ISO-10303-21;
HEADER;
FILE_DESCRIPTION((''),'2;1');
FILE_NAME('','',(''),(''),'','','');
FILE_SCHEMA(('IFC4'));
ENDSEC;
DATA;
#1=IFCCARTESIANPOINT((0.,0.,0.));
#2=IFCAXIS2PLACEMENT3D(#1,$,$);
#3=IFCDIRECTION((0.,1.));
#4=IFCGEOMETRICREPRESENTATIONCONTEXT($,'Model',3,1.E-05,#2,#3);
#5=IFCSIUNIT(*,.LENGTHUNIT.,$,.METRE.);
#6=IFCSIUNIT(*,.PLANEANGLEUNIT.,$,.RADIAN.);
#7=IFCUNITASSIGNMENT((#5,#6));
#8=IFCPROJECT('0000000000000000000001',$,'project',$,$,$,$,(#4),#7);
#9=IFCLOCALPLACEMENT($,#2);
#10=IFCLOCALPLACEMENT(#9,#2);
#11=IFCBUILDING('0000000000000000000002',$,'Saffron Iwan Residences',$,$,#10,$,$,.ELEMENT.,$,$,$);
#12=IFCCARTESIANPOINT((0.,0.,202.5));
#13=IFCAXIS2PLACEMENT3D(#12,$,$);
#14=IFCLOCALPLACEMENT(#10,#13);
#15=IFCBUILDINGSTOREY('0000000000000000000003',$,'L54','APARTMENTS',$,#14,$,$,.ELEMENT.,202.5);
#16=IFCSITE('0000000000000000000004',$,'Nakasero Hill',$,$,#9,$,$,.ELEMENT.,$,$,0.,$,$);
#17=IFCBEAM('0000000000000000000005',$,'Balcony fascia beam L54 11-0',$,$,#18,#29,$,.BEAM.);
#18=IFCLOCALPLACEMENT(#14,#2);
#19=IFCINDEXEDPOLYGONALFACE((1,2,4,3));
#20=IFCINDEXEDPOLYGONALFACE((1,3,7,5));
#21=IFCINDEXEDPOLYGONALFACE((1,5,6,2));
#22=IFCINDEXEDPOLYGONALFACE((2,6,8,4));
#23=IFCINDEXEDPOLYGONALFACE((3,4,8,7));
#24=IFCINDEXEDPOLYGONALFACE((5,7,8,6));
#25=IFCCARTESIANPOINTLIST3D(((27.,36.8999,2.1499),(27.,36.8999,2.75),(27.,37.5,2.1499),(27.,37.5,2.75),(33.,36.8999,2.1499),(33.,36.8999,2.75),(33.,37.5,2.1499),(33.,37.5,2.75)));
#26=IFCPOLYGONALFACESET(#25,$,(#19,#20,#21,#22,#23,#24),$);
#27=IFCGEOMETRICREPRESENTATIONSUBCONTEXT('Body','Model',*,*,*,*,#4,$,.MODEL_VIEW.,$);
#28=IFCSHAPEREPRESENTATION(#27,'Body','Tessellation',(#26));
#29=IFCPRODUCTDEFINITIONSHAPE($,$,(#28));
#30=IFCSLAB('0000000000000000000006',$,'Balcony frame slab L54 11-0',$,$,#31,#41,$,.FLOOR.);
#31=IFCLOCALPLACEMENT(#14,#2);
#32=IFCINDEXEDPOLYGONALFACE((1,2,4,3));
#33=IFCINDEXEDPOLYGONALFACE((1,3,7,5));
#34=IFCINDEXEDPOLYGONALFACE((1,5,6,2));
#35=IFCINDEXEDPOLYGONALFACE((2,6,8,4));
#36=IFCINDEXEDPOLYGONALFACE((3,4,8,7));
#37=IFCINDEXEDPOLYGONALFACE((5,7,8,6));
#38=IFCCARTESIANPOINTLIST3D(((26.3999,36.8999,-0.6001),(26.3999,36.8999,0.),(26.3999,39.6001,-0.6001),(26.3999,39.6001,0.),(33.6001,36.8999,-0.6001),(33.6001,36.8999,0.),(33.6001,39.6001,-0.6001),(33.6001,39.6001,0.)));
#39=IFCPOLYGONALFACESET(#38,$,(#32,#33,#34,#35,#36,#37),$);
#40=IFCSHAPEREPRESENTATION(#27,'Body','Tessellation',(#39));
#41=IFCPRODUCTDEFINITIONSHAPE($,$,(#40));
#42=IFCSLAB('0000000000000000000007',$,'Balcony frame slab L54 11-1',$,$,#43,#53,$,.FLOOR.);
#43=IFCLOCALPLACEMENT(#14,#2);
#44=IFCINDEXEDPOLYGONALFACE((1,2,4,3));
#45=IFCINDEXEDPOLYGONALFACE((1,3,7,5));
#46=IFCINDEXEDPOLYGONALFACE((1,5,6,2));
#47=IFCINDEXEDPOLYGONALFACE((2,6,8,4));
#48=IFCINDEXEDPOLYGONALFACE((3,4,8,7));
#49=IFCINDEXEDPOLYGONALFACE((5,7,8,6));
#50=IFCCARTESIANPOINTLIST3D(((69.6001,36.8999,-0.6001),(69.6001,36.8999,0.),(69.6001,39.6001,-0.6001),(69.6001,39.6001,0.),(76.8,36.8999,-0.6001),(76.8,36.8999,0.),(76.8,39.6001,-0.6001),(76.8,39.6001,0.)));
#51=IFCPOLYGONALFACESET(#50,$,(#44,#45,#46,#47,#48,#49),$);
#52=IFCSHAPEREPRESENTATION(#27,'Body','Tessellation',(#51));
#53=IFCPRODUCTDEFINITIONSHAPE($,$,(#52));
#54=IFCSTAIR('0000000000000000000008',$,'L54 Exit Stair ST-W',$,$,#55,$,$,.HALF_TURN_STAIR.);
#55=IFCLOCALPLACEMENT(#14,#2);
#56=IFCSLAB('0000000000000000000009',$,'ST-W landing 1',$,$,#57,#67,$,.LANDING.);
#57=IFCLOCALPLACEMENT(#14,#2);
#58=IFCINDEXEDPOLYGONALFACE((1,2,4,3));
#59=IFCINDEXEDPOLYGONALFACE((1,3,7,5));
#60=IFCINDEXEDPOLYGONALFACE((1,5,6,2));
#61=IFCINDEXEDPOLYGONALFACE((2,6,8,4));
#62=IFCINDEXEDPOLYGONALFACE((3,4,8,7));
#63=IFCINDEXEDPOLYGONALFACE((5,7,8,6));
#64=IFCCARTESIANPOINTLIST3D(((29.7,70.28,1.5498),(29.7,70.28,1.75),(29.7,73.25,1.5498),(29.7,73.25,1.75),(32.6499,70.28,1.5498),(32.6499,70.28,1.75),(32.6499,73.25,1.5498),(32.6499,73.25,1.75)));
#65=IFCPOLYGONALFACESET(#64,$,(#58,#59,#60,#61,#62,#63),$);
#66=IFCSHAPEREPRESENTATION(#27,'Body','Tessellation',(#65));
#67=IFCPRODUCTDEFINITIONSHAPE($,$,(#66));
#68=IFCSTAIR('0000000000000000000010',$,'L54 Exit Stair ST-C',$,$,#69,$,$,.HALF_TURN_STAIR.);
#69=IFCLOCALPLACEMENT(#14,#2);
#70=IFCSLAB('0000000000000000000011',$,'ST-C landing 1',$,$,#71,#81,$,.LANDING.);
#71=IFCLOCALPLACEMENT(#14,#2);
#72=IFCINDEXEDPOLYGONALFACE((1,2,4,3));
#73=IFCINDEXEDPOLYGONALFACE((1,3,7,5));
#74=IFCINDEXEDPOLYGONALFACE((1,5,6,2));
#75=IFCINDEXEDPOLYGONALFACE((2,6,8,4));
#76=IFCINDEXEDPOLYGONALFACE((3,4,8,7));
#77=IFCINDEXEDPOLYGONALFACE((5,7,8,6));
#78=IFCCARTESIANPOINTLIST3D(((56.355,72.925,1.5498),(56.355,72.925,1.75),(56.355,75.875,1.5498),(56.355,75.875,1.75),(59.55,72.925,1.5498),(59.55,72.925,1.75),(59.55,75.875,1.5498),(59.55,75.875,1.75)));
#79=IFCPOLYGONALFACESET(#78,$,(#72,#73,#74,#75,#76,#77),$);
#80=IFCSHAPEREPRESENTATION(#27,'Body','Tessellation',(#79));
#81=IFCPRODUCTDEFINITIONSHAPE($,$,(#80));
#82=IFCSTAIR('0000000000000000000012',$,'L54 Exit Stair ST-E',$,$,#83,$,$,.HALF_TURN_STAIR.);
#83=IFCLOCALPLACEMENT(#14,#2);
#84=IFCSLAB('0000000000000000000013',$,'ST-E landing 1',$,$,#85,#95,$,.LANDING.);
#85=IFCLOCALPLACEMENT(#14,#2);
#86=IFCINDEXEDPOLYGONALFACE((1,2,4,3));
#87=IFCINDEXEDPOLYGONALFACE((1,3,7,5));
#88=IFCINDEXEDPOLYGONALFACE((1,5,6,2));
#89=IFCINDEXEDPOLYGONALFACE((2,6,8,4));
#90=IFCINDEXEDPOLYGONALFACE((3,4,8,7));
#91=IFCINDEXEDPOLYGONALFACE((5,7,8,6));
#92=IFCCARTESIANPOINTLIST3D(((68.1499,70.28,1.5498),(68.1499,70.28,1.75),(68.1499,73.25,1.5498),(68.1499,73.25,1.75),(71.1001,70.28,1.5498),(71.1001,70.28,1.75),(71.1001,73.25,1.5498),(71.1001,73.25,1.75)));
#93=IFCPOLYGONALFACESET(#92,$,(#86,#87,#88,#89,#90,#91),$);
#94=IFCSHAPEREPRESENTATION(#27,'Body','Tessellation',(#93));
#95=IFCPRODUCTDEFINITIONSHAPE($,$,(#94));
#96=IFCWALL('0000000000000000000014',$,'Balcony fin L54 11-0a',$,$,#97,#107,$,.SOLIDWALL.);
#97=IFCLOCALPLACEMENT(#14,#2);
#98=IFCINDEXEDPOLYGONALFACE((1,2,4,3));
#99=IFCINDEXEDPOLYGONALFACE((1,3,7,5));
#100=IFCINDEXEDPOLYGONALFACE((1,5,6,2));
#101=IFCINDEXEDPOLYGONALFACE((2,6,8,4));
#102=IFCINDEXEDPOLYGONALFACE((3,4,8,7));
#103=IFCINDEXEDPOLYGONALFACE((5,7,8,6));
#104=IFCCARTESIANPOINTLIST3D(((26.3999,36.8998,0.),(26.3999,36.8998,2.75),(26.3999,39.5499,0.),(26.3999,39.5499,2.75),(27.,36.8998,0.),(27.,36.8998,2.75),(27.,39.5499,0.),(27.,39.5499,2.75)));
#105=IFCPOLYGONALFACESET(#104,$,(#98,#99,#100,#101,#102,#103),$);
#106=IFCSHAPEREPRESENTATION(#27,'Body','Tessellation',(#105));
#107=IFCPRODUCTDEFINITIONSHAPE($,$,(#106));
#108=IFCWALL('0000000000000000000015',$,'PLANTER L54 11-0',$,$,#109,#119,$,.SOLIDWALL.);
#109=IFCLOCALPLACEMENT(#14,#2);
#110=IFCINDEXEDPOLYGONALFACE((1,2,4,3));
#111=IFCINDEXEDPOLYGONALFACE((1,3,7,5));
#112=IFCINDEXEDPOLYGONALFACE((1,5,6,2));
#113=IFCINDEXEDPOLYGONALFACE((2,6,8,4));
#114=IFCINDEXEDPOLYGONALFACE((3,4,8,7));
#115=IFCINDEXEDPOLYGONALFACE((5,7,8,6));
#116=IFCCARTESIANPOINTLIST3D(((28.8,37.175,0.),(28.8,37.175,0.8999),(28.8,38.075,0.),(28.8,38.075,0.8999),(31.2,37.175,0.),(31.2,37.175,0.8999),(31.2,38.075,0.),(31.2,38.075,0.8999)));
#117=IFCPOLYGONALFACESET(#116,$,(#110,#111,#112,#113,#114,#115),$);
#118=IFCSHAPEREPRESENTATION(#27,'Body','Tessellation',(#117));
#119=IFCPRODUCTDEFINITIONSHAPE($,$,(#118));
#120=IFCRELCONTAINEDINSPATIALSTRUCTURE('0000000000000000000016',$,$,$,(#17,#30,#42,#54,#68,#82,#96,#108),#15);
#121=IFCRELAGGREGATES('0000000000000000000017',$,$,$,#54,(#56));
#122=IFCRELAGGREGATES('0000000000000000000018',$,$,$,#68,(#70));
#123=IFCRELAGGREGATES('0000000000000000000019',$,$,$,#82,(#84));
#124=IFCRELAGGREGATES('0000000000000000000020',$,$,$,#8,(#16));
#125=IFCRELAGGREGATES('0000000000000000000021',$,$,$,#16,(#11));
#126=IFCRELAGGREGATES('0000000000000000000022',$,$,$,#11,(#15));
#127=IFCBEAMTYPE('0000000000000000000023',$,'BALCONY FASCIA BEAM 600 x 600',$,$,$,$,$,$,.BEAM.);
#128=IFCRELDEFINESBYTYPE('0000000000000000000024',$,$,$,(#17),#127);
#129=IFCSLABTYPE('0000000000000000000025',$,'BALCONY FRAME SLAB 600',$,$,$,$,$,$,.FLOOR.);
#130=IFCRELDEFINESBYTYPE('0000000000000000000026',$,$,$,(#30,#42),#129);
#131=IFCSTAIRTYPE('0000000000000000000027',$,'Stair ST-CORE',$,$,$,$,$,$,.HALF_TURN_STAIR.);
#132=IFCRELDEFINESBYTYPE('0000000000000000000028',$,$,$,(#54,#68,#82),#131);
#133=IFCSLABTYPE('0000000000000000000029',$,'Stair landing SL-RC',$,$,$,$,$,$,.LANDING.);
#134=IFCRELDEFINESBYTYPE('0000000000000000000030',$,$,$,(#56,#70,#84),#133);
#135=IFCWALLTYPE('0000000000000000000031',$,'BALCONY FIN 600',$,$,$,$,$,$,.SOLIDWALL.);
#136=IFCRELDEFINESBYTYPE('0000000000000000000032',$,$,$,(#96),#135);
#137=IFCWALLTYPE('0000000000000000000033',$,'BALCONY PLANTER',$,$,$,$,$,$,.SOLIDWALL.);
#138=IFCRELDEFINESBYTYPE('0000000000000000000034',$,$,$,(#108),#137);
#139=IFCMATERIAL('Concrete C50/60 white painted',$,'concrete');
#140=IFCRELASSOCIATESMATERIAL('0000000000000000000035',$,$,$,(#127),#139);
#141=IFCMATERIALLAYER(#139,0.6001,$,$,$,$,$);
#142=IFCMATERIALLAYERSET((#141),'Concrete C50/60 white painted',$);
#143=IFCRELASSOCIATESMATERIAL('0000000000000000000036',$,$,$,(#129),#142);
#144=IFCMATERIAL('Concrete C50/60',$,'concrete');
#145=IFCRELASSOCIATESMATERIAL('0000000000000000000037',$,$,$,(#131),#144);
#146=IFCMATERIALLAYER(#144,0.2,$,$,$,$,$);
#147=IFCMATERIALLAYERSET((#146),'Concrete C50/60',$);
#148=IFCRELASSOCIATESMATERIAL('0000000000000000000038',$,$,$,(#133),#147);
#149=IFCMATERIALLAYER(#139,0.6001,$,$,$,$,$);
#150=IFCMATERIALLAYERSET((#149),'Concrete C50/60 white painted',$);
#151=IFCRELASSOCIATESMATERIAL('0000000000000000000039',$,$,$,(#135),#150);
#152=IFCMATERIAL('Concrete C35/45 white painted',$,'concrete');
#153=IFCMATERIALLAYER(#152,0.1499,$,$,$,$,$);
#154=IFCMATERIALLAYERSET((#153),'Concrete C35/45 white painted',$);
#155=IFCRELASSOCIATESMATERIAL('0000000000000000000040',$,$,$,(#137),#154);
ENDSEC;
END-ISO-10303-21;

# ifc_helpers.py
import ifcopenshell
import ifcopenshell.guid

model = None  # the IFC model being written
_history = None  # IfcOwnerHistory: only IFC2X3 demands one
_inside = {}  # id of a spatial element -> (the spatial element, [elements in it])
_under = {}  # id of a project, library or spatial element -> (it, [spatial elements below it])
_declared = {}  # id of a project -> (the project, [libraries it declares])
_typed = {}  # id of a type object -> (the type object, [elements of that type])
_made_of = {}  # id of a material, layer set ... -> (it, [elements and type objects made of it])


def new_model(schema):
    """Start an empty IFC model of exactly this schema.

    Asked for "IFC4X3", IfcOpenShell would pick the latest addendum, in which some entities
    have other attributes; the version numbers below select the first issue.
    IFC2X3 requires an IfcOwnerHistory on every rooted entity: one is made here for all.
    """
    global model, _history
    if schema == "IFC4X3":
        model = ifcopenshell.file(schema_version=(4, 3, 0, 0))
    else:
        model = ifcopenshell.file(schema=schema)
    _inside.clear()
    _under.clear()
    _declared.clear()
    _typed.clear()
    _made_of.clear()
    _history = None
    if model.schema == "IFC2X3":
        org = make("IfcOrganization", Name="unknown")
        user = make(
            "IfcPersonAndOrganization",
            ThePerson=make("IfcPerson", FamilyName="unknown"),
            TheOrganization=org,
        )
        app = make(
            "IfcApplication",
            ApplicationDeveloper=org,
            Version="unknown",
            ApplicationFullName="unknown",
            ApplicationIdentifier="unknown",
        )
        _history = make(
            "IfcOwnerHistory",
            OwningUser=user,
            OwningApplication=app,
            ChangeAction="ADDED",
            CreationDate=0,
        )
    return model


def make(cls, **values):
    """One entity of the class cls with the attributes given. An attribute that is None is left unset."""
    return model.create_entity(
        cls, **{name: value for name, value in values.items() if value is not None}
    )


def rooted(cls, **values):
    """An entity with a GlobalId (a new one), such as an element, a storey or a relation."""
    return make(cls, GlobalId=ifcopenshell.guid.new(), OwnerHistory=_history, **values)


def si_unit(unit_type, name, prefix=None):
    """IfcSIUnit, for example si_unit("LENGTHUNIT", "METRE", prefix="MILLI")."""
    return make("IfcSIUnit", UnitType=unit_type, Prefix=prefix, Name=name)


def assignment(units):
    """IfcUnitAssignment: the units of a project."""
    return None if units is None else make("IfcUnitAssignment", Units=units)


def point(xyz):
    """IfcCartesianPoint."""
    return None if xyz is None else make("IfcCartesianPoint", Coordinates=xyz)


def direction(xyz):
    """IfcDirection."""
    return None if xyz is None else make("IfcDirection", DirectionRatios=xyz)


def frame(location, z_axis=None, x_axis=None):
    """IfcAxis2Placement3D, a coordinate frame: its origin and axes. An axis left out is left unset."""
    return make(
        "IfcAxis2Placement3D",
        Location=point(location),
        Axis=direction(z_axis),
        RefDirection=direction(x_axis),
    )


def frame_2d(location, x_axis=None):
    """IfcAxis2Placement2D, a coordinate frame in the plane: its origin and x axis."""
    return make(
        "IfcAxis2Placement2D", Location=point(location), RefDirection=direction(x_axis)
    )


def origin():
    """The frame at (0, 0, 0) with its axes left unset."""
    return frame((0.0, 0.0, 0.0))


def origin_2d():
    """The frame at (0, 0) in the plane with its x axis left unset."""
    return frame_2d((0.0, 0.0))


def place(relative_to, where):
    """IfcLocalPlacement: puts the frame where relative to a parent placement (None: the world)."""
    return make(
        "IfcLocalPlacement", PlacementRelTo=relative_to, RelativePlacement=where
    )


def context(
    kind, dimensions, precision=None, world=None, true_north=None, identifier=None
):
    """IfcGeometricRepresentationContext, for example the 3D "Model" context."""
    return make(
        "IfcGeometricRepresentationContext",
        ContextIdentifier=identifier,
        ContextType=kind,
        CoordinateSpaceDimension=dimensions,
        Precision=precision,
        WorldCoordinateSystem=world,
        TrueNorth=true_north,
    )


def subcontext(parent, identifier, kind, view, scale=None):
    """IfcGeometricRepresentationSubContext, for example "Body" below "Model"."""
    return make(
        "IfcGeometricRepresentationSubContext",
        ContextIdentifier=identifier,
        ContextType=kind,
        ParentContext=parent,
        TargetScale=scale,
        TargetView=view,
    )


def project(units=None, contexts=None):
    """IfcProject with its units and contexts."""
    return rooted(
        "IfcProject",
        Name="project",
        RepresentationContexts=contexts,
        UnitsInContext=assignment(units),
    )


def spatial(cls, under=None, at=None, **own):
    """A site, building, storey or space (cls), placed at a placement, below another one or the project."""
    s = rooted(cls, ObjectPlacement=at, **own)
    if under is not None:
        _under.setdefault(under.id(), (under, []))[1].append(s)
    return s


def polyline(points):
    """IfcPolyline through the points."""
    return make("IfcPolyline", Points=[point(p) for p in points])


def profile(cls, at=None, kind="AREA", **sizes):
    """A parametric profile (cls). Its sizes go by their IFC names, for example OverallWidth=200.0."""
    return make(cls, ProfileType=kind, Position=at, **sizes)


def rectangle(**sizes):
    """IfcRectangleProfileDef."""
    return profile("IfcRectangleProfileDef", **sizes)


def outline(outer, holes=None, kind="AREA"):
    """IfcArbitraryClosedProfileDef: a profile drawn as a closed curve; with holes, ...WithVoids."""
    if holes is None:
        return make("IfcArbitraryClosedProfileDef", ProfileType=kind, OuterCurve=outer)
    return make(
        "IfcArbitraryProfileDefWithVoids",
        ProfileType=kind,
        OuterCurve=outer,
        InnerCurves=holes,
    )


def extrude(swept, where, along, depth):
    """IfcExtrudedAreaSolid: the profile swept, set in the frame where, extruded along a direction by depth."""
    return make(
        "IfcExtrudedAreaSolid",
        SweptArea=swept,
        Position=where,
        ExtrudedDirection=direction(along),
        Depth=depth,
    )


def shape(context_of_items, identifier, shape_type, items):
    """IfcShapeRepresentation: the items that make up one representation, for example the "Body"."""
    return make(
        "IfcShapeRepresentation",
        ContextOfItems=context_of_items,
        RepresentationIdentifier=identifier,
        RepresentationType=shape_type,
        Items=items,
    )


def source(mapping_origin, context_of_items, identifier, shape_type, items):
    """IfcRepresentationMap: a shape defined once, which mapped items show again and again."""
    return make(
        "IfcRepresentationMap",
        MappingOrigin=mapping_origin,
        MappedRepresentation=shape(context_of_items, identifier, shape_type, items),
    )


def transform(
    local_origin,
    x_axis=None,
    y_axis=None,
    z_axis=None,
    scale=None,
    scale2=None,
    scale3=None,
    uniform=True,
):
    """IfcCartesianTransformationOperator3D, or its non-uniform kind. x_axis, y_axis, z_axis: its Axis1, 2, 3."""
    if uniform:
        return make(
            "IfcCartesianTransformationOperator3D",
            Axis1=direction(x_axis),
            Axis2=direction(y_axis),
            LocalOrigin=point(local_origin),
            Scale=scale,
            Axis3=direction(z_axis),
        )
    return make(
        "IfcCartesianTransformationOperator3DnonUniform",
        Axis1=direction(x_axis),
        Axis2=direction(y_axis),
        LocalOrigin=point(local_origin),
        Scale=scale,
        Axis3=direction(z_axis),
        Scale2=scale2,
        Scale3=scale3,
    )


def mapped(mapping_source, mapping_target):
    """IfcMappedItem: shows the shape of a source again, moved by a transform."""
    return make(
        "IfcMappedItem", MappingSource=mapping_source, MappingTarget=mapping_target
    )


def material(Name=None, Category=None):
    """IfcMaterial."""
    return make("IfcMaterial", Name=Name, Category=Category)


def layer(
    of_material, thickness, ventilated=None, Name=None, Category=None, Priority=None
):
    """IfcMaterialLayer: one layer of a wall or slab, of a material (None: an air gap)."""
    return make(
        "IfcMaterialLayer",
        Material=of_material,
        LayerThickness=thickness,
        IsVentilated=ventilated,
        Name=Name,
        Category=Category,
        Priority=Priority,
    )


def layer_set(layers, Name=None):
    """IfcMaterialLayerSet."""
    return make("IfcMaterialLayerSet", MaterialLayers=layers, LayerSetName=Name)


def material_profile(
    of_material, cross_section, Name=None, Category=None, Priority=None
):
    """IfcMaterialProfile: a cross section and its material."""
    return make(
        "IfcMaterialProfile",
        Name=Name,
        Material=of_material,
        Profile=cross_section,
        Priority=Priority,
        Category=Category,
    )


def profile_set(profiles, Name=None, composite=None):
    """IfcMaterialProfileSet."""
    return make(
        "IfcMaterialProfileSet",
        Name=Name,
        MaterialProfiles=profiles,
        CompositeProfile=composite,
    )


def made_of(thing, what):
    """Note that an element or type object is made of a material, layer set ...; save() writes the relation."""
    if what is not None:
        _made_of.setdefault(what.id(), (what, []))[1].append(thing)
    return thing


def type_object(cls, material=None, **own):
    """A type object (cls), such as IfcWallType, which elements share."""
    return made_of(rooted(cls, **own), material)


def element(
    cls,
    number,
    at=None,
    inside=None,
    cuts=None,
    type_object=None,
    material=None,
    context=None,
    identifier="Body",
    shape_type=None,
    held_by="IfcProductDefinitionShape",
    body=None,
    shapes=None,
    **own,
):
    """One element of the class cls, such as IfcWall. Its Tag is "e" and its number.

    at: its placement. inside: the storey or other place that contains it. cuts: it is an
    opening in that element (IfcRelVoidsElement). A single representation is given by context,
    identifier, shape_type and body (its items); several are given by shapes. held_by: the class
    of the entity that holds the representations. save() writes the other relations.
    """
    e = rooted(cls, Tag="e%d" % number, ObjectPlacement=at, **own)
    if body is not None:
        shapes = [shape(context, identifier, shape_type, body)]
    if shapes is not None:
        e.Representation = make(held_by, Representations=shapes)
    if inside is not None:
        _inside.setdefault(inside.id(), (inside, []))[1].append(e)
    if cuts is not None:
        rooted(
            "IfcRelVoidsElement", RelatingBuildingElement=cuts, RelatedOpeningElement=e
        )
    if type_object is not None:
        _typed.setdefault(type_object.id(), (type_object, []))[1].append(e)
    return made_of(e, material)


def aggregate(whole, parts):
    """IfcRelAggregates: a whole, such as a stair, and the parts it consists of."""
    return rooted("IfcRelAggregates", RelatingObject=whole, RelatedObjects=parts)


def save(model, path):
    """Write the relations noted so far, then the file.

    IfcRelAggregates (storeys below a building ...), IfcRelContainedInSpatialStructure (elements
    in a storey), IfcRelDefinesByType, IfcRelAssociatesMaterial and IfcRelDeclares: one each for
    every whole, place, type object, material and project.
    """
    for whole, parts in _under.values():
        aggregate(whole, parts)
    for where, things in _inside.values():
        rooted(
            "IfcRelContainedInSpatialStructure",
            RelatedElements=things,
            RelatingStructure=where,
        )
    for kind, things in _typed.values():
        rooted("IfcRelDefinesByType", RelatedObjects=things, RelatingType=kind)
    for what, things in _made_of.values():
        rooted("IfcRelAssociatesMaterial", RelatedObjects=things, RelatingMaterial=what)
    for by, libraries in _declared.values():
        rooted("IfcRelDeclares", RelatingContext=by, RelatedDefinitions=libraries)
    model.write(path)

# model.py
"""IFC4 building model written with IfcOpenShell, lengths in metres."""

from ifc_helpers import new_model, si_unit, direction, frame, frame_2d, origin, origin_2d, place, context, subcontext, project, spatial, polyline, rectangle, outline, extrude, source, transform, mapped, material, layer, layer_set, material_profile, profile_set, type_object, element, aggregate, save


model = new_model("IFC4")

# Units and contexts
model_context = context("Model", 3, precision=1e-05, world=origin(), true_north=direction((0.0, 1.0)))
body_context = subcontext(model_context, "Body", "Model", "MODEL_VIEW")
ifc_project = project(units=[si_unit("LENGTHUNIT", "METRE"), si_unit("PLANEANGLEUNIT", "RADIAN")], contexts=[model_context])

# Site, building, storey
site_placement = place(None, origin())
site = spatial("IfcSite", under=ifc_project, at=site_placement, Name="Nakasero Hill", CompositionType="ELEMENT", RefElevation=0.0)
building_placement = place(site_placement, origin())
building = spatial("IfcBuilding", under=site, at=building_placement, Name="Saffron Iwan Residences", CompositionType="ELEMENT")
storey_placement = place(building_placement, frame((0.0, 0.0, 202.5)))
storey = spatial("IfcBuildingStorey", under=building, at=storey_placement, Name="L54", Description="APARTMENTS", CompositionType="ELEMENT", Elevation=202.5)

# Beam
ifc_material_1 = material(Name="Concrete C50/60 white painted", Category="concrete")
ifc_material_profile = material_profile(ifc_material_1, rectangle(XDim=0.6001, YDim=0.6001, at=origin_2d()), Name="BALCONY FASCIA BEAM 600 x 600")
ifc_profile_set = profile_set([ifc_material_profile], Name="Concrete C50/60 white painted")
beam_type = type_object("IfcBeamType", Name="BALCONY FASCIA BEAM 600 x 600", PredefinedType="BEAM", material=ifc_profile_set)
shared_shape = source(origin(), body_context, "Body", "SweptSolid", [
    extrude(rectangle(XDim=0.6001, YDim=0.6001, at=origin_2d()), origin(), (0.0, 0.0, 1.0), 6.0),
])
beam_placement = place(storey_placement, frame((27.0, 37.2, 2.45), z_axis=(1.0, 0.0, 0.0), x_axis=(0.0, 1.0, 0.0)))
element("IfcBeam", 1, at=beam_placement, inside=storey, type_object=beam_type, Name="Balcony fascia beam L54 11-0", PredefinedType="BEAM", context=body_context, shape_type="MappedRepresentation", body=[
    mapped(shared_shape, transform((0.0, 0.0, 0.0))),
])

# Slabs
ifc_layer_1 = layer(ifc_material_1, 0.6001)
ifc_layer_set_1 = layer_set([ifc_layer_1], Name="Concrete C50/60 white painted")
slab_type_1 = type_object("IfcSlabType", Name="BALCONY FRAME SLAB 600", PredefinedType="FLOOR", material=ifc_layer_set_1)
slab_1_placement = place(storey_placement, frame((0.0, 0.0, -0.6001)))
element("IfcSlab", 2, at=slab_1_placement, inside=storey, type_object=slab_type_1, Name="Balcony frame slab L54 11-0", PredefinedType="FLOOR", context=body_context, shape_type="SweptSolid", body=[
    extrude(outline(polyline([(26.3999, 36.8999), (33.6001, 36.8999), (33.6001, 39.6001), (26.3999, 39.6001), (26.3999, 36.8999)])), origin(), (0.0, 0.0, 1.0), 0.6001),
])
slab_2_placement = place(storey_placement, frame((0.0, 0.0, -0.6001)))
element("IfcSlab", 3, at=slab_2_placement, inside=storey, type_object=slab_type_1, Name="Balcony frame slab L54 11-1", PredefinedType="FLOOR", context=body_context, shape_type="SweptSolid", body=[
    extrude(outline(polyline([(69.6001, 36.8999), (76.8, 36.8999), (76.8, 39.6001), (69.6001, 39.6001), (69.6001, 36.8999)])), origin(), (0.0, 0.0, 1.0), 0.6001),
])

# Stairs, slabs
ifc_material_2 = material(Name="Concrete C50/60", Category="concrete")
stair_type = type_object("IfcStairType", Name="Stair ST-CORE", PredefinedType="HALF_TURN_STAIR", material=ifc_material_2)
stair_1_placement = place(storey_placement, origin())
stair_1 = element("IfcStair", 4, at=stair_1_placement, inside=storey, type_object=stair_type, Name="L54 Exit Stair ST-W", PredefinedType="HALF_TURN_STAIR")
ifc_layer_2 = layer(ifc_material_2, 0.2)
ifc_layer_set_2 = layer_set([ifc_layer_2], Name="Concrete C50/60")
slab_type_2 = type_object("IfcSlabType", Name="Stair landing SL-RC", PredefinedType="LANDING", material=ifc_layer_set_2)
slab_3_placement = place(storey_placement, frame((0.0, 0.0, 1.5498)))
slab_3 = element("IfcSlab", 5, at=slab_3_placement, type_object=slab_type_2, Name="ST-W landing 1", PredefinedType="LANDING", context=body_context, shape_type="SweptSolid", body=[
    extrude(outline(polyline([(32.6499, 70.28), (32.6499, 73.25), (29.7, 73.25), (29.7, 70.28), (32.6499, 70.28)])), origin(), (0.0, 0.0, 1.0), 0.2002),
])
aggregate(stair_1, [slab_3])
stair_2_placement = place(storey_placement, origin())
stair_2 = element("IfcStair", 6, at=stair_2_placement, inside=storey, type_object=stair_type, Name="L54 Exit Stair ST-C", PredefinedType="HALF_TURN_STAIR")
slab_4_placement = place(storey_placement, frame((0.0, 0.0, 1.5498)))
slab_4 = element("IfcSlab", 7, at=slab_4_placement, type_object=slab_type_2, Name="ST-C landing 1", PredefinedType="LANDING", context=body_context, shape_type="SweptSolid", body=[
    extrude(outline(polyline([(56.355, 72.925), (59.55, 72.925), (59.55, 75.875), (56.355, 75.875), (56.355, 72.925)])), origin(), (0.0, 0.0, 1.0), 0.2002),
])
aggregate(stair_2, [slab_4])
stair_3_placement = place(storey_placement, origin())
stair_3 = element("IfcStair", 8, at=stair_3_placement, inside=storey, type_object=stair_type, Name="L54 Exit Stair ST-E", PredefinedType="HALF_TURN_STAIR")
slab_5_placement = place(storey_placement, frame((0.0, 0.0, 1.5498)))
slab_5 = element("IfcSlab", 9, at=slab_5_placement, type_object=slab_type_2, Name="ST-E landing 1", PredefinedType="LANDING", context=body_context, shape_type="SweptSolid", body=[
    extrude(outline(polyline([(71.1001, 70.28), (71.1001, 73.25), (68.1499, 73.25), (68.1499, 70.28), (71.1001, 70.28)])), origin(), (0.0, 0.0, 1.0), 0.2002),
])
aggregate(stair_3, [slab_5])

# Walls
ifc_layer_3 = layer(ifc_material_1, 0.6001)
ifc_layer_set_3 = layer_set([ifc_layer_3], Name="Concrete C50/60 white painted")
wall_type_1 = type_object("IfcWallType", Name="BALCONY FIN 600", PredefinedType="SOLIDWALL", material=ifc_layer_set_3)
wall_1_placement = place(storey_placement, frame((26.7, 39.55, 0.0), z_axis=(0.0, 0.0, 1.0), x_axis=(0.0, -1.0, 0.0)))
element("IfcWall", 10, at=wall_1_placement, inside=storey, type_object=wall_type_1, Name="Balcony fin L54 11-0a", PredefinedType="SOLIDWALL", context=body_context, shape_type="SweptSolid", body=[
    extrude(rectangle(XDim=2.6501, YDim=0.6001, at=frame_2d((1.3252, 0.0))), origin(), (0.0, 0.0, 1.0), 2.75),
])
ifc_material_3 = material(Name="Concrete C35/45 white painted", Category="concrete")
ifc_layer_4 = layer(ifc_material_3, 0.1499)
ifc_layer_set_4 = layer_set([ifc_layer_4], Name="Concrete C35/45 white painted")
wall_type_2 = type_object("IfcWallType", Name="BALCONY PLANTER", PredefinedType="SOLIDWALL", material=ifc_layer_set_4)
wall_2_placement = place(storey_placement, frame((28.8, 37.625, 0.0), z_axis=(0.0, 0.0, 1.0), x_axis=(1.0, 0.0, 0.0)))
element("IfcWall", 11, at=wall_2_placement, inside=storey, type_object=wall_type_2, Name="PLANTER L54 11-0", PredefinedType="SOLIDWALL", context=body_context, shape_type="SweptSolid", body=[
    extrude(rectangle(XDim=2.3999, YDim=0.8999, at=frame_2d((1.2, 0.0))), origin(), (0.0, 0.0, 1.0), 0.8999),
])

save(model, "model.ifc")
